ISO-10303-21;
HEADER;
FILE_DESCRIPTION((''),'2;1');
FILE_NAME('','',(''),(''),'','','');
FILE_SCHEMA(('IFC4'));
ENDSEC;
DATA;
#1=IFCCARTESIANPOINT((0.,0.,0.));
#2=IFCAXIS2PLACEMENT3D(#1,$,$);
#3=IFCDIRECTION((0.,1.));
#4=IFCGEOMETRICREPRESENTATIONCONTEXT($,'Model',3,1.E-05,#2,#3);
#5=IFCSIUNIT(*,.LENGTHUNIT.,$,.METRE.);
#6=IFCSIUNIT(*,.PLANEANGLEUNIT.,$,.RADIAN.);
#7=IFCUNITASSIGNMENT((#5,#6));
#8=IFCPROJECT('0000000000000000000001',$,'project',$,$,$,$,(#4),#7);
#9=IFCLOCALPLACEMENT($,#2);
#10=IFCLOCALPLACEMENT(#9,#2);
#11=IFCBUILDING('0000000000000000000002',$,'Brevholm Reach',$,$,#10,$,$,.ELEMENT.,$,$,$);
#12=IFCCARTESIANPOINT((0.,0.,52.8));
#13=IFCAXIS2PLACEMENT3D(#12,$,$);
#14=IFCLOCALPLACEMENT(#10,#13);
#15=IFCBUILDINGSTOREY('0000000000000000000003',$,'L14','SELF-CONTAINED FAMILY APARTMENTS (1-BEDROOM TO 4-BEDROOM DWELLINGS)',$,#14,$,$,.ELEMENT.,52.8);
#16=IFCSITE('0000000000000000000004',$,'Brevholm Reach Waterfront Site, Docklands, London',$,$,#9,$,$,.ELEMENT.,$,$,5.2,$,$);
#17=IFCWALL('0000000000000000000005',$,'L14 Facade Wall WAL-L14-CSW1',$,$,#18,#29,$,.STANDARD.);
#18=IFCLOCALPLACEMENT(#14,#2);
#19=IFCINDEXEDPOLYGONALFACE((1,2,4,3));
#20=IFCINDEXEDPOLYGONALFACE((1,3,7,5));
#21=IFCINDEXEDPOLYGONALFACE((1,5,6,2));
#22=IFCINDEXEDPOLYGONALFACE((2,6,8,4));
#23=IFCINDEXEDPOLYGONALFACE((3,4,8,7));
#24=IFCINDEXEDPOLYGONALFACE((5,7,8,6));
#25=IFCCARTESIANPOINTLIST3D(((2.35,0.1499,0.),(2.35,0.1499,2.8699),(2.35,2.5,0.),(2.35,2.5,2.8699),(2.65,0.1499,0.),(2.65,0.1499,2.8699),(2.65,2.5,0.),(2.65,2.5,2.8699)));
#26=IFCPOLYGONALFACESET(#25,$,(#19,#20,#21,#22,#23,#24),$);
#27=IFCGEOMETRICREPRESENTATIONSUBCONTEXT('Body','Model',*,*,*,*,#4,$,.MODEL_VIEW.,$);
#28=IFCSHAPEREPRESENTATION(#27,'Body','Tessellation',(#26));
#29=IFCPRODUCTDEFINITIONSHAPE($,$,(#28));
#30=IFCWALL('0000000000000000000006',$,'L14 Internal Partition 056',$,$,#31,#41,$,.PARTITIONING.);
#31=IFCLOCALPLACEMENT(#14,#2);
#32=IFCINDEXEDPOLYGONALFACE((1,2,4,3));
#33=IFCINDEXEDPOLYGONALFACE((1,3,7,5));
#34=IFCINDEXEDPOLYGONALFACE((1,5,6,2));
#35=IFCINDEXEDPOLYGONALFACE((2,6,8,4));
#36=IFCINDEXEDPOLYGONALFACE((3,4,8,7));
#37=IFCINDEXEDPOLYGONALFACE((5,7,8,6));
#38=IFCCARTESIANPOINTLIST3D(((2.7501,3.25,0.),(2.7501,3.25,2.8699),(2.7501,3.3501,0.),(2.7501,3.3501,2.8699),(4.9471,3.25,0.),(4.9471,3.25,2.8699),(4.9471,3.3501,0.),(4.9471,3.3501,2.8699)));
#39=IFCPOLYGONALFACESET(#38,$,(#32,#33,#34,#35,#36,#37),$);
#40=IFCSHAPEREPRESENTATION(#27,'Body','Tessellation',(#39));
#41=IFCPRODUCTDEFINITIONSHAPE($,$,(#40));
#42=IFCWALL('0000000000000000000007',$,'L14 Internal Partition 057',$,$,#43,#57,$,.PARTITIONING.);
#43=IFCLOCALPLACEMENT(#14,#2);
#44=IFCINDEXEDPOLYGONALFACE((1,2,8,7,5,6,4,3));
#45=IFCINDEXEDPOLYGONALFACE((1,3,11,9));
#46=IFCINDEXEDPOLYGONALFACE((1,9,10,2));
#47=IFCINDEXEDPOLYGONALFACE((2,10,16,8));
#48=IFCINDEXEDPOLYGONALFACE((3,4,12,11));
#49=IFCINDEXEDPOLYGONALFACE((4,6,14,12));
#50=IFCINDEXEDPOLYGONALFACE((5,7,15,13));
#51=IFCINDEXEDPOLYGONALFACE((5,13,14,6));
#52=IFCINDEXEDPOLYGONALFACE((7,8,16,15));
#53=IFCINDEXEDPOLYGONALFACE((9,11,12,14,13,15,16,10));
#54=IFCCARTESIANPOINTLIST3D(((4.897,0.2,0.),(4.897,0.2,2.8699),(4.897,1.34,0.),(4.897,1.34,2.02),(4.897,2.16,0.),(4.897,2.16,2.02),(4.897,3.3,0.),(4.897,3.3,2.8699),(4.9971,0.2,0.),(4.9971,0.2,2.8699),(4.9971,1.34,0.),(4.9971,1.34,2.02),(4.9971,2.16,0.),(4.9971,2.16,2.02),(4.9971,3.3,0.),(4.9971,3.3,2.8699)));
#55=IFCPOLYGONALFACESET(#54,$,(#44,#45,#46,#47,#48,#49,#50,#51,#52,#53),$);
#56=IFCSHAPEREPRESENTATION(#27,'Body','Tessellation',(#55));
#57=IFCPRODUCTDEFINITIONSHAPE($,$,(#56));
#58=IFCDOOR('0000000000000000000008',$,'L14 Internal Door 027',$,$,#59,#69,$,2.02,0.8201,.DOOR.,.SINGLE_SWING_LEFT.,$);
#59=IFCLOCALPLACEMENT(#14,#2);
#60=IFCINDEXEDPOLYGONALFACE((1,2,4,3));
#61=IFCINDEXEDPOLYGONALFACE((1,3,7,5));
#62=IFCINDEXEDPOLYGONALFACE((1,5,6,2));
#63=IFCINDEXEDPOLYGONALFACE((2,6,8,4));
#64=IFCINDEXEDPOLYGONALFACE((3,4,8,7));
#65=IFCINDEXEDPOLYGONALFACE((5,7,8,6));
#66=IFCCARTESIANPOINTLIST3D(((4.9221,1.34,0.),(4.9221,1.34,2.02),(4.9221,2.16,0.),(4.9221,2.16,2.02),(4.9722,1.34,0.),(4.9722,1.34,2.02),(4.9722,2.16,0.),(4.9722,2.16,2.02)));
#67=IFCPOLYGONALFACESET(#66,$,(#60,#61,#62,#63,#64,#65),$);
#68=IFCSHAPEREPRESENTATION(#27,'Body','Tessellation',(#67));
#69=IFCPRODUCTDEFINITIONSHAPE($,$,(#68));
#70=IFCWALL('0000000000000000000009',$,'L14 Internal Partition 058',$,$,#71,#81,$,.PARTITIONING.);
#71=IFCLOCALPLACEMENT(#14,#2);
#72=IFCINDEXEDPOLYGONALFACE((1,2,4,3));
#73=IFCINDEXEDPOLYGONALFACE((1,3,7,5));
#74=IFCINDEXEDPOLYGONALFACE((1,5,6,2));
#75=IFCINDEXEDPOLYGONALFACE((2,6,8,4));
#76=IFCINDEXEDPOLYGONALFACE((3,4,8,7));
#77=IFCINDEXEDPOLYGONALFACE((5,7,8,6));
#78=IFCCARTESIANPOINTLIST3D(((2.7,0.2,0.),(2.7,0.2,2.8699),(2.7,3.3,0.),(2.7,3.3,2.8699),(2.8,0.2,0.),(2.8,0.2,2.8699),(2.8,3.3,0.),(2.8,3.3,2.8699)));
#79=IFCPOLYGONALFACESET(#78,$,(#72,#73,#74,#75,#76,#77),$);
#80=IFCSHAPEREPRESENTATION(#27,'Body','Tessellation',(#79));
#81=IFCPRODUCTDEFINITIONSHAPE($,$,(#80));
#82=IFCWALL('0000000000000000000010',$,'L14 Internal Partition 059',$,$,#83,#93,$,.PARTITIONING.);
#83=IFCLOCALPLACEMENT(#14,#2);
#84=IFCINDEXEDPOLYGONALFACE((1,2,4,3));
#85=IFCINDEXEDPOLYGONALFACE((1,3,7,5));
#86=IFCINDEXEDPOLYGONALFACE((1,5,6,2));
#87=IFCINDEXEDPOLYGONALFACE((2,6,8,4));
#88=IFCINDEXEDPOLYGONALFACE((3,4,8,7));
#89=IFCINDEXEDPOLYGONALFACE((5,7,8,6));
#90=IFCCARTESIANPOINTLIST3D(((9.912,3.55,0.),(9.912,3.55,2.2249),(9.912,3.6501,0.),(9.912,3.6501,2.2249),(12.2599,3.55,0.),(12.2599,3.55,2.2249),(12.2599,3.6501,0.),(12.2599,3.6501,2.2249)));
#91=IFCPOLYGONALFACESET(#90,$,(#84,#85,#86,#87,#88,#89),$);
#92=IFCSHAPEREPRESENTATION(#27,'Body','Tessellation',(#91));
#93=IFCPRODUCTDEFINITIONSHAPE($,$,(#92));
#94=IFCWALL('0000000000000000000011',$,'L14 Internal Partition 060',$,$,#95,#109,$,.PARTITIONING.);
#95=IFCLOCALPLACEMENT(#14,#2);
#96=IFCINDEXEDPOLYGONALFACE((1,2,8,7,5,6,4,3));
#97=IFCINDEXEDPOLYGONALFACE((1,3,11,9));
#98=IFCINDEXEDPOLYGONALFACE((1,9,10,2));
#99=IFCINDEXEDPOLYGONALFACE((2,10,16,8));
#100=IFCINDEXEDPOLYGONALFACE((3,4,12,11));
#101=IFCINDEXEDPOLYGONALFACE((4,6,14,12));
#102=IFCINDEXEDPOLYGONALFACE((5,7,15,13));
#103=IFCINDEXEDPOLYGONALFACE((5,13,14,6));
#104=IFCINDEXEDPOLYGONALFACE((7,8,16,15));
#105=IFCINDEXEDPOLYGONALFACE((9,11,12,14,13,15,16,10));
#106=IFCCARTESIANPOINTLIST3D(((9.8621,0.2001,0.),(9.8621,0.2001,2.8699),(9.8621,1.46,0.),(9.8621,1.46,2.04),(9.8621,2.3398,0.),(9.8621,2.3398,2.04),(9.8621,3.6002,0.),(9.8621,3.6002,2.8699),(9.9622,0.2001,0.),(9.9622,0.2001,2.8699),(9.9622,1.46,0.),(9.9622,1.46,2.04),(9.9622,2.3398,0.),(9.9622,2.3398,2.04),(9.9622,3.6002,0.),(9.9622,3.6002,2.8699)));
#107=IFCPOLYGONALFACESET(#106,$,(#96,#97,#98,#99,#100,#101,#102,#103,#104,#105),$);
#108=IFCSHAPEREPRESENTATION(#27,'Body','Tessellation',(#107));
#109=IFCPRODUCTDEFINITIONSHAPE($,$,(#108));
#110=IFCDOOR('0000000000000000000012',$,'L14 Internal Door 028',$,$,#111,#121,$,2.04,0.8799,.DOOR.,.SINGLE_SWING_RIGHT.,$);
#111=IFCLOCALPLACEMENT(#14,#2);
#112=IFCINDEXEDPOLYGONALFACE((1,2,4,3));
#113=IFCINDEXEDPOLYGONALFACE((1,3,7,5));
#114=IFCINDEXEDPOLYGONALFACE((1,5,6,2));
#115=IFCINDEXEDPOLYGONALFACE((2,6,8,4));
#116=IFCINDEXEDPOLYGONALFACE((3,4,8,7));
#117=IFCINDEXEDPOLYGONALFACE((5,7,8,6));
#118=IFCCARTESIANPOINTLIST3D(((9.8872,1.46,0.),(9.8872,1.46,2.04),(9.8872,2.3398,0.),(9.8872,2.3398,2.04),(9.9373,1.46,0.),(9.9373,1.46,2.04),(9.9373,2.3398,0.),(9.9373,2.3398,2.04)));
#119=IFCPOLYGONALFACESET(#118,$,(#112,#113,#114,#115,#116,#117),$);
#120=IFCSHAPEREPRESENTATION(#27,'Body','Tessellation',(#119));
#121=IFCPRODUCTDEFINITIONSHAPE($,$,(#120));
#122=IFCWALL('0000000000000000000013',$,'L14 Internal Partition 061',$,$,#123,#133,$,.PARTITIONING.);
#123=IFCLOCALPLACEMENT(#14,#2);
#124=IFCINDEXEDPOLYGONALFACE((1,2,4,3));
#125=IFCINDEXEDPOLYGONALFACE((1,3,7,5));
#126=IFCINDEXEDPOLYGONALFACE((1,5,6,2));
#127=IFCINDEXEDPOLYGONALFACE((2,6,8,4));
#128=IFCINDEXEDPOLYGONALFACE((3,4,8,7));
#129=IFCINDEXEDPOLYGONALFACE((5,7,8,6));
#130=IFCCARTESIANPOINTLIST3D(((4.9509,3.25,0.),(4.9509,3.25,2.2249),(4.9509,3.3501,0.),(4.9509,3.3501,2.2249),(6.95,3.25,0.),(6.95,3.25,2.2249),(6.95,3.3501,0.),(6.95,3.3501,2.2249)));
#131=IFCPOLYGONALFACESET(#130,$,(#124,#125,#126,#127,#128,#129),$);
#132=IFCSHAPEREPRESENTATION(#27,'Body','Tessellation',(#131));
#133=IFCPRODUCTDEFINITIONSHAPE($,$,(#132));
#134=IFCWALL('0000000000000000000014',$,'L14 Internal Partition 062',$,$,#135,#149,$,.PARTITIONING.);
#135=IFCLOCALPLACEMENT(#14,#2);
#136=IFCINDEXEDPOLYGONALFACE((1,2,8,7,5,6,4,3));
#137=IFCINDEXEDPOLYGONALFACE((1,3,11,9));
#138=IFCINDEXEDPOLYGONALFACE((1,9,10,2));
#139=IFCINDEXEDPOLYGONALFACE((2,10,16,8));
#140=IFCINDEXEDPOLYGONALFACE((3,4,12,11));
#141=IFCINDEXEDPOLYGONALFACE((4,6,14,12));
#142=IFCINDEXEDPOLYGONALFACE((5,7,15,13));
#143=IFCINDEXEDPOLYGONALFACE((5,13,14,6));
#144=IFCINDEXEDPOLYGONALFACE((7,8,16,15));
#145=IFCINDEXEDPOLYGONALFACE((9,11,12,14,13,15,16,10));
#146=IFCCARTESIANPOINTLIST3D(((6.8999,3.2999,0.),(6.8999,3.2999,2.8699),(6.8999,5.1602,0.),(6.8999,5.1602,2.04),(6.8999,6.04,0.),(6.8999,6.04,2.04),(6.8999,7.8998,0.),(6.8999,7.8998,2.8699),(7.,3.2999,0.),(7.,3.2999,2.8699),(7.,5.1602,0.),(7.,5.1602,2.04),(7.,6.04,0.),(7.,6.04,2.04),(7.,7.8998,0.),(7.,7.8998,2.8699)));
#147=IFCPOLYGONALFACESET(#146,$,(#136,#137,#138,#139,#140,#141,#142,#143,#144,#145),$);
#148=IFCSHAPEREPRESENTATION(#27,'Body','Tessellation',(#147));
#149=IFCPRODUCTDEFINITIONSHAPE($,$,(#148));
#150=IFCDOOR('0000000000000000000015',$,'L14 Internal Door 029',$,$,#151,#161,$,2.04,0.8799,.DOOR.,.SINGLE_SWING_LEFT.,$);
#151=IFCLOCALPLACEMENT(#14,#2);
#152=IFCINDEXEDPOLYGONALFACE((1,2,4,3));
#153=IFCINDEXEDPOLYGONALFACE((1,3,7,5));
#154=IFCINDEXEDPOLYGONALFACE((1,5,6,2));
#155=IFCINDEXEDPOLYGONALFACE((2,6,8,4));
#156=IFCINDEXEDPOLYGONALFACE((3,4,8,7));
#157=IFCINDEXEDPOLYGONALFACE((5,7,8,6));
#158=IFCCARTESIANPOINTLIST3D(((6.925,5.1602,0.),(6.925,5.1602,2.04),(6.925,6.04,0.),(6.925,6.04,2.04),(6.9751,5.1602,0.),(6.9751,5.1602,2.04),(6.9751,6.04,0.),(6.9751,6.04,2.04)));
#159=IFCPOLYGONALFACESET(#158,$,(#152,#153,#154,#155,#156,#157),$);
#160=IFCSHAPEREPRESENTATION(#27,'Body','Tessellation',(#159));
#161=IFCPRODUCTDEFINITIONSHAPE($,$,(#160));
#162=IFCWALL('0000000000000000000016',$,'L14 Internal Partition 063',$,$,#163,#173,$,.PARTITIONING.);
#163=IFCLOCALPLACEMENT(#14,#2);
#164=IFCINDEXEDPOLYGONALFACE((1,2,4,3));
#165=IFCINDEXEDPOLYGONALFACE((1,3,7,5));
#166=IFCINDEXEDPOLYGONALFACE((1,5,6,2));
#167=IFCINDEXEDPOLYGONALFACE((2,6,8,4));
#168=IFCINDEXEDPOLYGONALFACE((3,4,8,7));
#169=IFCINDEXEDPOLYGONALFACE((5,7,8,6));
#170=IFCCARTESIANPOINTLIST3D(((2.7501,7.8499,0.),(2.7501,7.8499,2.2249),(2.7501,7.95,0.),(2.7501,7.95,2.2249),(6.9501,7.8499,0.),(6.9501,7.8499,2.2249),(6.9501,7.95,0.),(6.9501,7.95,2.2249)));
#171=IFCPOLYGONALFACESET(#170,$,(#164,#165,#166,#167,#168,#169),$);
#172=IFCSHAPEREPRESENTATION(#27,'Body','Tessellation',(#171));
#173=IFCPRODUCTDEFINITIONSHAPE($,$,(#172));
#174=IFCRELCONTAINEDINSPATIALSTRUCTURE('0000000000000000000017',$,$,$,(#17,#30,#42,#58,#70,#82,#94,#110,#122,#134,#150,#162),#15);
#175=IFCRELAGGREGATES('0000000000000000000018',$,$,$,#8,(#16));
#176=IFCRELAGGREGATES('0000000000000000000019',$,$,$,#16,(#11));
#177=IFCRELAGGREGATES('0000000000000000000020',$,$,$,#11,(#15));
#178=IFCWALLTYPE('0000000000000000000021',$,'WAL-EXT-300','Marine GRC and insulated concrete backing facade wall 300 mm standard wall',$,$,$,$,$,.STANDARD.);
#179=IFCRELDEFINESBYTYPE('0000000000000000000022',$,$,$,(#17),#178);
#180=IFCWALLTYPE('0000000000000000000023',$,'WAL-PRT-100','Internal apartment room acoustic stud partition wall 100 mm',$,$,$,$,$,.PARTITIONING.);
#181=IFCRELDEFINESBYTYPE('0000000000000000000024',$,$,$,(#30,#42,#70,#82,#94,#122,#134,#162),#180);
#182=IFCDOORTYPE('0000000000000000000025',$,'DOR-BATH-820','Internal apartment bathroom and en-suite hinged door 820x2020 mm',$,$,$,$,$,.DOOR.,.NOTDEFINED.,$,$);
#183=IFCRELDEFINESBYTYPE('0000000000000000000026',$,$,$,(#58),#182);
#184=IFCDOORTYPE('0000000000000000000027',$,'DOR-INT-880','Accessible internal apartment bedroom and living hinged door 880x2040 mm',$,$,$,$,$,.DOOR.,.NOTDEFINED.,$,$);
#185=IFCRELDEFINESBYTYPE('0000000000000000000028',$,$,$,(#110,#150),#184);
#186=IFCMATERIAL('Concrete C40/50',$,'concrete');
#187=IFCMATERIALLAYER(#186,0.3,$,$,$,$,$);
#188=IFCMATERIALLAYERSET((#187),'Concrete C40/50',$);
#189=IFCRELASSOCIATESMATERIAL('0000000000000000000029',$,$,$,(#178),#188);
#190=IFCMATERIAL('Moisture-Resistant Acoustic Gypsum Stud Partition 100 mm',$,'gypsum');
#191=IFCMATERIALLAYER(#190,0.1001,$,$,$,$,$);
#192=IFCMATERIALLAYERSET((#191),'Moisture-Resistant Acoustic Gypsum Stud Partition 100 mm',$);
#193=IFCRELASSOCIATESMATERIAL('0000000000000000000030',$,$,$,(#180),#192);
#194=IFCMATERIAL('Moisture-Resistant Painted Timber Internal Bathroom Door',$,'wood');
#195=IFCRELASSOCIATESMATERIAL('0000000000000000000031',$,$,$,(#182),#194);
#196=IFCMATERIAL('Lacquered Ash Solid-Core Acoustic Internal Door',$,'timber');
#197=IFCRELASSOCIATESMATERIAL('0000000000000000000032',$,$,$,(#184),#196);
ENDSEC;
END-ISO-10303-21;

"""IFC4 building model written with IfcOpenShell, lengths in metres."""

from ifc_helpers import new_model, si_unit, direction, frame, frame_2d, origin, place, context, subcontext, project, spatial, rectangle, extrude, material, layer, layer_set, type_object, element, fill, save


model = new_model("IFC4")

# Units and contexts
model_context = context("Model", 3, precision=1e-05, world=origin(), true_north=direction((0.0, 1.0)))
body_context = subcontext(model_context, "Body", "Model", "MODEL_VIEW")
ifc_project = project(units=[si_unit("LENGTHUNIT", "METRE"), si_unit("PLANEANGLEUNIT", "RADIAN")], contexts=[model_context])

# Site, building, storey
site_placement = place(None, origin())
site = spatial("IfcSite", under=ifc_project, at=site_placement, Name="Brevholm Reach Waterfront Site, Docklands, London", CompositionType="ELEMENT", RefElevation=5.2)
building_placement = place(site_placement, origin())
building = spatial("IfcBuilding", under=site, at=building_placement, Name="Brevholm Reach", CompositionType="ELEMENT")
storey_placement = place(building_placement, frame((0.0, 0.0, 52.8)))
storey = spatial("IfcBuildingStorey", under=building, at=storey_placement, Name="L14", Description="SELF-CONTAINED FAMILY APARTMENTS (1-BEDROOM TO 4-BEDROOM DWELLINGS)", CompositionType="ELEMENT", Elevation=52.8)

# Walls
ifc_material_1 = material(Name="Concrete C40/50", Category="concrete")
ifc_layer_1 = layer(ifc_material_1, 0.3)
ifc_layer_set_1 = layer_set([ifc_layer_1], Name="Concrete C40/50")
wall_type_1 = type_object("IfcWallType", Name="WAL-EXT-300", Description="Marine GRC and insulated concrete backing facade wall 300 mm standard wall", PredefinedType="STANDARD", material=ifc_layer_set_1)
wall_1_placement = place(storey_placement, frame((2.5, 2.5, 0.0), z_axis=(0.0, 0.0, 1.0), x_axis=(0.0, -1.0, 0.0)))
element("IfcWall", 1, at=wall_1_placement, inside=storey, type_object=wall_type_1, Name="L14 Facade Wall WAL-L14-CSW1", PredefinedType="STANDARD", context=body_context, shape_type="SweptSolid", body=[
    extrude(rectangle(XDim=2.3501, YDim=0.3, at=frame_2d((1.175, 0.0))), origin(), (0.0, 0.0, 1.0), 2.8699),
])
ifc_material_2 = material(Name="Moisture-Resistant Acoustic Gypsum Stud Partition 100 mm", Category="gypsum")
ifc_layer_2 = layer(ifc_material_2, 0.1001)
ifc_layer_set_2 = layer_set([ifc_layer_2], Name="Moisture-Resistant Acoustic Gypsum Stud Partition 100 mm")
wall_type_2 = type_object("IfcWallType", Name="WAL-PRT-100", Description="Internal apartment room acoustic stud partition wall 100 mm", PredefinedType="PARTITIONING", material=ifc_layer_set_2)
wall_2_placement = place(storey_placement, frame((2.75, 3.3, 0.0), z_axis=(0.0, 0.0, 1.0), x_axis=(1.0, 0.0, 0.0)))
element("IfcWall", 2, at=wall_2_placement, inside=storey, type_object=wall_type_2, Name="L14 Internal Partition 056", PredefinedType="PARTITIONING", context=body_context, shape_type="SweptSolid", body=[
    extrude(rectangle(XDim=2.197, YDim=0.1001, at=frame_2d((1.0986, 0.0))), origin(), (0.0, 0.0, 1.0), 2.8699),
])

# Wall, opening, door
wall_3_placement = place(storey_placement, frame((4.947, 0.2, 0.0), z_axis=(0.0, 0.0, 1.0), x_axis=(0.0, 1.0, 0.0)))
wall_3 = element("IfcWall", 3, at=wall_3_placement, inside=storey, type_object=wall_type_2, Name="L14 Internal Partition 057", PredefinedType="PARTITIONING", context=body_context, shape_type="SweptSolid", body=[
    extrude(rectangle(XDim=3.1001, YDim=0.1001, at=frame_2d((1.55, 0.0))), origin(), (0.0, 0.0, 1.0), 2.8699),
])
opening_1_placement = place(wall_3_placement, frame((1.1399, 0.0, 0.0)))
opening_1 = element("IfcOpeningElement", 4, at=opening_1_placement, cuts=wall_3, PredefinedType="OPENING", context=body_context, shape_type="SweptSolid", body=[
    extrude(rectangle(XDim=0.8201, YDim=2.02, at=frame_2d((0.4102, 1.01))), frame((0.0, 0.0601, 0.0), z_axis=(0.0, -1.0, 0.0), x_axis=(1.0, 0.0, 0.0)), (0.0, 0.0, 1.0), 0.1201),
])
ifc_material_3 = material(Name="Moisture-Resistant Painted Timber Internal Bathroom Door", Category="wood")
door_type_1 = type_object("IfcDoorType", Name="DOR-BATH-820", Description="Internal apartment bathroom and en-suite hinged door 820x2020 mm", OperationType="NOTDEFINED", PredefinedType="DOOR", material=ifc_material_3)
door_1_placement = place(opening_1_placement, origin())
door_1 = element("IfcDoor", 5, at=door_1_placement, inside=storey, type_object=door_type_1, Name="L14 Internal Door 027", OperationType="SINGLE_SWING_LEFT", OverallHeight=2.02, OverallWidth=0.8201, PredefinedType="DOOR", context=body_context, shape_type="SweptSolid", body=[
    extrude(rectangle(XDim=0.8201, YDim=2.02, at=frame_2d((0.4102, 1.01))), frame((0.0, 0.0249, 0.0), z_axis=(0.0, -1.0, 0.0), x_axis=(1.0, 0.0, 0.0)), (0.0, 0.0, 1.0), 0.05),
])
fill(opening_1, door_1)

# Walls
wall_4_placement = place(storey_placement, frame((2.75, 0.2, 0.0), z_axis=(0.0, 0.0, 1.0), x_axis=(0.0, 1.0, 0.0)))
element("IfcWall", 6, at=wall_4_placement, inside=storey, type_object=wall_type_2, Name="L14 Internal Partition 058", PredefinedType="PARTITIONING", context=body_context, shape_type="SweptSolid", body=[
    extrude(rectangle(XDim=3.1001, YDim=0.1001, at=frame_2d((1.55, 0.0))), origin(), (0.0, 0.0, 1.0), 2.8699),
])
wall_5_placement = place(storey_placement, frame((9.9121, 3.6001, 0.0), z_axis=(0.0, 0.0, 1.0), x_axis=(1.0, 0.0, 0.0)))
element("IfcWall", 7, at=wall_5_placement, inside=storey, type_object=wall_type_2, Name="L14 Internal Partition 059", PredefinedType="PARTITIONING", context=body_context, shape_type="SweptSolid", body=[
    extrude(rectangle(XDim=2.3479, YDim=0.1001, at=frame_2d((1.1738, 0.0))), origin(), (0.0, 0.0, 1.0), 2.2249),
])

# Wall, opening, door
wall_6_placement = place(storey_placement, frame((9.9121, 0.2, 0.0), z_axis=(0.0, 0.0, 1.0), x_axis=(0.0, 1.0, 0.0)))
wall_6 = element("IfcWall", 8, at=wall_6_placement, inside=storey, type_object=wall_type_2, Name="L14 Internal Partition 060", PredefinedType="PARTITIONING", context=body_context, shape_type="SweptSolid", body=[
    extrude(rectangle(XDim=3.4001, YDim=0.1001, at=frame_2d((1.7002, 0.0))), origin(), (0.0, 0.0, 1.0), 2.8699),
])
opening_2_placement = place(wall_6_placement, frame((1.26, 0.0, 0.0)))
opening_2 = element("IfcOpeningElement", 9, at=opening_2_placement, cuts=wall_6, PredefinedType="OPENING", context=body_context, shape_type="SweptSolid", body=[
    extrude(rectangle(XDim=0.8799, YDim=2.04, at=frame_2d((0.4399, 1.02))), frame((0.0, 0.0601, 0.0), z_axis=(0.0, -1.0, 0.0), x_axis=(1.0, 0.0, 0.0)), (0.0, 0.0, 1.0), 0.1201),
])
ifc_material_4 = material(Name="Lacquered Ash Solid-Core Acoustic Internal Door", Category="timber")
door_type_2 = type_object("IfcDoorType", Name="DOR-INT-880", Description="Accessible internal apartment bedroom and living hinged door 880x2040 mm", OperationType="NOTDEFINED", PredefinedType="DOOR", material=ifc_material_4)
door_2_placement = place(opening_2_placement, origin())
door_2 = element("IfcDoor", 10, at=door_2_placement, inside=storey, type_object=door_type_2, Name="L14 Internal Door 028", OperationType="SINGLE_SWING_RIGHT", OverallHeight=2.04, OverallWidth=0.8799, PredefinedType="DOOR", context=body_context, shape_type="SweptSolid", body=[
    extrude(rectangle(XDim=0.8799, YDim=2.04, at=frame_2d((0.4399, 1.02))), frame((0.0, 0.0249, 0.0), z_axis=(0.0, -1.0, 0.0), x_axis=(1.0, 0.0, 0.0)), (0.0, 0.0, 1.0), 0.05),
])
fill(opening_2, door_2)

# Wall
wall_7_placement = place(storey_placement, frame((4.9509, 3.3, 0.0), z_axis=(0.0, 0.0, 1.0), x_axis=(1.0, 0.0, 0.0)))
element("IfcWall", 11, at=wall_7_placement, inside=storey, type_object=wall_type_2, Name="L14 Internal Partition 061", PredefinedType="PARTITIONING", context=body_context, shape_type="SweptSolid", body=[
    extrude(rectangle(XDim=1.999, YDim=0.1001, at=frame_2d((0.9995, 0.0))), origin(), (0.0, 0.0, 1.0), 2.2249),
])

# Wall, opening, door
wall_8_placement = place(storey_placement, frame((6.95, 3.3, 0.0), z_axis=(0.0, 0.0, 1.0), x_axis=(0.0, 1.0, 0.0)))
wall_8 = element("IfcWall", 12, at=wall_8_placement, inside=storey, type_object=wall_type_2, Name="L14 Internal Partition 062", PredefinedType="PARTITIONING", context=body_context, shape_type="SweptSolid", body=[
    extrude(rectangle(XDim=4.5999, YDim=0.1001, at=frame_2d((2.2998, 0.0))), origin(), (0.0, 0.0, 1.0), 2.8699),
])
opening_3_placement = place(wall_8_placement, frame((1.8601, 0.0, 0.0)))
opening_3 = element("IfcOpeningElement", 13, at=opening_3_placement, cuts=wall_8, PredefinedType="OPENING", context=body_context, shape_type="SweptSolid", body=[
    extrude(rectangle(XDim=0.8799, YDim=2.04, at=frame_2d((0.4399, 1.02))), frame((0.0, 0.0601, 0.0), z_axis=(0.0, -1.0, 0.0), x_axis=(1.0, 0.0, 0.0)), (0.0, 0.0, 1.0), 0.1201),
])
door_3_placement = place(opening_3_placement, origin())
door_3 = element("IfcDoor", 14, at=door_3_placement, inside=storey, type_object=door_type_2, Name="L14 Internal Door 029", OperationType="SINGLE_SWING_LEFT", OverallHeight=2.04, OverallWidth=0.8799, PredefinedType="DOOR", context=body_context, shape_type="SweptSolid", body=[
    extrude(rectangle(XDim=0.8799, YDim=2.04, at=frame_2d((0.4399, 1.02))), frame((0.0, 0.0249, 0.0), z_axis=(0.0, -1.0, 0.0), x_axis=(1.0, 0.0, 0.0)), (0.0, 0.0, 1.0), 0.05),
])
fill(opening_3, door_3)

# Wall
wall_9_placement = place(storey_placement, frame((2.75, 7.8999, 0.0), z_axis=(0.0, 0.0, 1.0), x_axis=(1.0, 0.0, 0.0)))
element("IfcWall", 15, at=wall_9_placement, inside=storey, type_object=wall_type_2, Name="L14 Internal Partition 063", PredefinedType="PARTITIONING", context=body_context, shape_type="SweptSolid", body=[
    extrude(rectangle(XDim=4.2, YDim=0.1001, at=frame_2d((2.1001, 0.0))), origin(), (0.0, 0.0, 1.0), 2.2249),
])

save(model, "model.ifc")
